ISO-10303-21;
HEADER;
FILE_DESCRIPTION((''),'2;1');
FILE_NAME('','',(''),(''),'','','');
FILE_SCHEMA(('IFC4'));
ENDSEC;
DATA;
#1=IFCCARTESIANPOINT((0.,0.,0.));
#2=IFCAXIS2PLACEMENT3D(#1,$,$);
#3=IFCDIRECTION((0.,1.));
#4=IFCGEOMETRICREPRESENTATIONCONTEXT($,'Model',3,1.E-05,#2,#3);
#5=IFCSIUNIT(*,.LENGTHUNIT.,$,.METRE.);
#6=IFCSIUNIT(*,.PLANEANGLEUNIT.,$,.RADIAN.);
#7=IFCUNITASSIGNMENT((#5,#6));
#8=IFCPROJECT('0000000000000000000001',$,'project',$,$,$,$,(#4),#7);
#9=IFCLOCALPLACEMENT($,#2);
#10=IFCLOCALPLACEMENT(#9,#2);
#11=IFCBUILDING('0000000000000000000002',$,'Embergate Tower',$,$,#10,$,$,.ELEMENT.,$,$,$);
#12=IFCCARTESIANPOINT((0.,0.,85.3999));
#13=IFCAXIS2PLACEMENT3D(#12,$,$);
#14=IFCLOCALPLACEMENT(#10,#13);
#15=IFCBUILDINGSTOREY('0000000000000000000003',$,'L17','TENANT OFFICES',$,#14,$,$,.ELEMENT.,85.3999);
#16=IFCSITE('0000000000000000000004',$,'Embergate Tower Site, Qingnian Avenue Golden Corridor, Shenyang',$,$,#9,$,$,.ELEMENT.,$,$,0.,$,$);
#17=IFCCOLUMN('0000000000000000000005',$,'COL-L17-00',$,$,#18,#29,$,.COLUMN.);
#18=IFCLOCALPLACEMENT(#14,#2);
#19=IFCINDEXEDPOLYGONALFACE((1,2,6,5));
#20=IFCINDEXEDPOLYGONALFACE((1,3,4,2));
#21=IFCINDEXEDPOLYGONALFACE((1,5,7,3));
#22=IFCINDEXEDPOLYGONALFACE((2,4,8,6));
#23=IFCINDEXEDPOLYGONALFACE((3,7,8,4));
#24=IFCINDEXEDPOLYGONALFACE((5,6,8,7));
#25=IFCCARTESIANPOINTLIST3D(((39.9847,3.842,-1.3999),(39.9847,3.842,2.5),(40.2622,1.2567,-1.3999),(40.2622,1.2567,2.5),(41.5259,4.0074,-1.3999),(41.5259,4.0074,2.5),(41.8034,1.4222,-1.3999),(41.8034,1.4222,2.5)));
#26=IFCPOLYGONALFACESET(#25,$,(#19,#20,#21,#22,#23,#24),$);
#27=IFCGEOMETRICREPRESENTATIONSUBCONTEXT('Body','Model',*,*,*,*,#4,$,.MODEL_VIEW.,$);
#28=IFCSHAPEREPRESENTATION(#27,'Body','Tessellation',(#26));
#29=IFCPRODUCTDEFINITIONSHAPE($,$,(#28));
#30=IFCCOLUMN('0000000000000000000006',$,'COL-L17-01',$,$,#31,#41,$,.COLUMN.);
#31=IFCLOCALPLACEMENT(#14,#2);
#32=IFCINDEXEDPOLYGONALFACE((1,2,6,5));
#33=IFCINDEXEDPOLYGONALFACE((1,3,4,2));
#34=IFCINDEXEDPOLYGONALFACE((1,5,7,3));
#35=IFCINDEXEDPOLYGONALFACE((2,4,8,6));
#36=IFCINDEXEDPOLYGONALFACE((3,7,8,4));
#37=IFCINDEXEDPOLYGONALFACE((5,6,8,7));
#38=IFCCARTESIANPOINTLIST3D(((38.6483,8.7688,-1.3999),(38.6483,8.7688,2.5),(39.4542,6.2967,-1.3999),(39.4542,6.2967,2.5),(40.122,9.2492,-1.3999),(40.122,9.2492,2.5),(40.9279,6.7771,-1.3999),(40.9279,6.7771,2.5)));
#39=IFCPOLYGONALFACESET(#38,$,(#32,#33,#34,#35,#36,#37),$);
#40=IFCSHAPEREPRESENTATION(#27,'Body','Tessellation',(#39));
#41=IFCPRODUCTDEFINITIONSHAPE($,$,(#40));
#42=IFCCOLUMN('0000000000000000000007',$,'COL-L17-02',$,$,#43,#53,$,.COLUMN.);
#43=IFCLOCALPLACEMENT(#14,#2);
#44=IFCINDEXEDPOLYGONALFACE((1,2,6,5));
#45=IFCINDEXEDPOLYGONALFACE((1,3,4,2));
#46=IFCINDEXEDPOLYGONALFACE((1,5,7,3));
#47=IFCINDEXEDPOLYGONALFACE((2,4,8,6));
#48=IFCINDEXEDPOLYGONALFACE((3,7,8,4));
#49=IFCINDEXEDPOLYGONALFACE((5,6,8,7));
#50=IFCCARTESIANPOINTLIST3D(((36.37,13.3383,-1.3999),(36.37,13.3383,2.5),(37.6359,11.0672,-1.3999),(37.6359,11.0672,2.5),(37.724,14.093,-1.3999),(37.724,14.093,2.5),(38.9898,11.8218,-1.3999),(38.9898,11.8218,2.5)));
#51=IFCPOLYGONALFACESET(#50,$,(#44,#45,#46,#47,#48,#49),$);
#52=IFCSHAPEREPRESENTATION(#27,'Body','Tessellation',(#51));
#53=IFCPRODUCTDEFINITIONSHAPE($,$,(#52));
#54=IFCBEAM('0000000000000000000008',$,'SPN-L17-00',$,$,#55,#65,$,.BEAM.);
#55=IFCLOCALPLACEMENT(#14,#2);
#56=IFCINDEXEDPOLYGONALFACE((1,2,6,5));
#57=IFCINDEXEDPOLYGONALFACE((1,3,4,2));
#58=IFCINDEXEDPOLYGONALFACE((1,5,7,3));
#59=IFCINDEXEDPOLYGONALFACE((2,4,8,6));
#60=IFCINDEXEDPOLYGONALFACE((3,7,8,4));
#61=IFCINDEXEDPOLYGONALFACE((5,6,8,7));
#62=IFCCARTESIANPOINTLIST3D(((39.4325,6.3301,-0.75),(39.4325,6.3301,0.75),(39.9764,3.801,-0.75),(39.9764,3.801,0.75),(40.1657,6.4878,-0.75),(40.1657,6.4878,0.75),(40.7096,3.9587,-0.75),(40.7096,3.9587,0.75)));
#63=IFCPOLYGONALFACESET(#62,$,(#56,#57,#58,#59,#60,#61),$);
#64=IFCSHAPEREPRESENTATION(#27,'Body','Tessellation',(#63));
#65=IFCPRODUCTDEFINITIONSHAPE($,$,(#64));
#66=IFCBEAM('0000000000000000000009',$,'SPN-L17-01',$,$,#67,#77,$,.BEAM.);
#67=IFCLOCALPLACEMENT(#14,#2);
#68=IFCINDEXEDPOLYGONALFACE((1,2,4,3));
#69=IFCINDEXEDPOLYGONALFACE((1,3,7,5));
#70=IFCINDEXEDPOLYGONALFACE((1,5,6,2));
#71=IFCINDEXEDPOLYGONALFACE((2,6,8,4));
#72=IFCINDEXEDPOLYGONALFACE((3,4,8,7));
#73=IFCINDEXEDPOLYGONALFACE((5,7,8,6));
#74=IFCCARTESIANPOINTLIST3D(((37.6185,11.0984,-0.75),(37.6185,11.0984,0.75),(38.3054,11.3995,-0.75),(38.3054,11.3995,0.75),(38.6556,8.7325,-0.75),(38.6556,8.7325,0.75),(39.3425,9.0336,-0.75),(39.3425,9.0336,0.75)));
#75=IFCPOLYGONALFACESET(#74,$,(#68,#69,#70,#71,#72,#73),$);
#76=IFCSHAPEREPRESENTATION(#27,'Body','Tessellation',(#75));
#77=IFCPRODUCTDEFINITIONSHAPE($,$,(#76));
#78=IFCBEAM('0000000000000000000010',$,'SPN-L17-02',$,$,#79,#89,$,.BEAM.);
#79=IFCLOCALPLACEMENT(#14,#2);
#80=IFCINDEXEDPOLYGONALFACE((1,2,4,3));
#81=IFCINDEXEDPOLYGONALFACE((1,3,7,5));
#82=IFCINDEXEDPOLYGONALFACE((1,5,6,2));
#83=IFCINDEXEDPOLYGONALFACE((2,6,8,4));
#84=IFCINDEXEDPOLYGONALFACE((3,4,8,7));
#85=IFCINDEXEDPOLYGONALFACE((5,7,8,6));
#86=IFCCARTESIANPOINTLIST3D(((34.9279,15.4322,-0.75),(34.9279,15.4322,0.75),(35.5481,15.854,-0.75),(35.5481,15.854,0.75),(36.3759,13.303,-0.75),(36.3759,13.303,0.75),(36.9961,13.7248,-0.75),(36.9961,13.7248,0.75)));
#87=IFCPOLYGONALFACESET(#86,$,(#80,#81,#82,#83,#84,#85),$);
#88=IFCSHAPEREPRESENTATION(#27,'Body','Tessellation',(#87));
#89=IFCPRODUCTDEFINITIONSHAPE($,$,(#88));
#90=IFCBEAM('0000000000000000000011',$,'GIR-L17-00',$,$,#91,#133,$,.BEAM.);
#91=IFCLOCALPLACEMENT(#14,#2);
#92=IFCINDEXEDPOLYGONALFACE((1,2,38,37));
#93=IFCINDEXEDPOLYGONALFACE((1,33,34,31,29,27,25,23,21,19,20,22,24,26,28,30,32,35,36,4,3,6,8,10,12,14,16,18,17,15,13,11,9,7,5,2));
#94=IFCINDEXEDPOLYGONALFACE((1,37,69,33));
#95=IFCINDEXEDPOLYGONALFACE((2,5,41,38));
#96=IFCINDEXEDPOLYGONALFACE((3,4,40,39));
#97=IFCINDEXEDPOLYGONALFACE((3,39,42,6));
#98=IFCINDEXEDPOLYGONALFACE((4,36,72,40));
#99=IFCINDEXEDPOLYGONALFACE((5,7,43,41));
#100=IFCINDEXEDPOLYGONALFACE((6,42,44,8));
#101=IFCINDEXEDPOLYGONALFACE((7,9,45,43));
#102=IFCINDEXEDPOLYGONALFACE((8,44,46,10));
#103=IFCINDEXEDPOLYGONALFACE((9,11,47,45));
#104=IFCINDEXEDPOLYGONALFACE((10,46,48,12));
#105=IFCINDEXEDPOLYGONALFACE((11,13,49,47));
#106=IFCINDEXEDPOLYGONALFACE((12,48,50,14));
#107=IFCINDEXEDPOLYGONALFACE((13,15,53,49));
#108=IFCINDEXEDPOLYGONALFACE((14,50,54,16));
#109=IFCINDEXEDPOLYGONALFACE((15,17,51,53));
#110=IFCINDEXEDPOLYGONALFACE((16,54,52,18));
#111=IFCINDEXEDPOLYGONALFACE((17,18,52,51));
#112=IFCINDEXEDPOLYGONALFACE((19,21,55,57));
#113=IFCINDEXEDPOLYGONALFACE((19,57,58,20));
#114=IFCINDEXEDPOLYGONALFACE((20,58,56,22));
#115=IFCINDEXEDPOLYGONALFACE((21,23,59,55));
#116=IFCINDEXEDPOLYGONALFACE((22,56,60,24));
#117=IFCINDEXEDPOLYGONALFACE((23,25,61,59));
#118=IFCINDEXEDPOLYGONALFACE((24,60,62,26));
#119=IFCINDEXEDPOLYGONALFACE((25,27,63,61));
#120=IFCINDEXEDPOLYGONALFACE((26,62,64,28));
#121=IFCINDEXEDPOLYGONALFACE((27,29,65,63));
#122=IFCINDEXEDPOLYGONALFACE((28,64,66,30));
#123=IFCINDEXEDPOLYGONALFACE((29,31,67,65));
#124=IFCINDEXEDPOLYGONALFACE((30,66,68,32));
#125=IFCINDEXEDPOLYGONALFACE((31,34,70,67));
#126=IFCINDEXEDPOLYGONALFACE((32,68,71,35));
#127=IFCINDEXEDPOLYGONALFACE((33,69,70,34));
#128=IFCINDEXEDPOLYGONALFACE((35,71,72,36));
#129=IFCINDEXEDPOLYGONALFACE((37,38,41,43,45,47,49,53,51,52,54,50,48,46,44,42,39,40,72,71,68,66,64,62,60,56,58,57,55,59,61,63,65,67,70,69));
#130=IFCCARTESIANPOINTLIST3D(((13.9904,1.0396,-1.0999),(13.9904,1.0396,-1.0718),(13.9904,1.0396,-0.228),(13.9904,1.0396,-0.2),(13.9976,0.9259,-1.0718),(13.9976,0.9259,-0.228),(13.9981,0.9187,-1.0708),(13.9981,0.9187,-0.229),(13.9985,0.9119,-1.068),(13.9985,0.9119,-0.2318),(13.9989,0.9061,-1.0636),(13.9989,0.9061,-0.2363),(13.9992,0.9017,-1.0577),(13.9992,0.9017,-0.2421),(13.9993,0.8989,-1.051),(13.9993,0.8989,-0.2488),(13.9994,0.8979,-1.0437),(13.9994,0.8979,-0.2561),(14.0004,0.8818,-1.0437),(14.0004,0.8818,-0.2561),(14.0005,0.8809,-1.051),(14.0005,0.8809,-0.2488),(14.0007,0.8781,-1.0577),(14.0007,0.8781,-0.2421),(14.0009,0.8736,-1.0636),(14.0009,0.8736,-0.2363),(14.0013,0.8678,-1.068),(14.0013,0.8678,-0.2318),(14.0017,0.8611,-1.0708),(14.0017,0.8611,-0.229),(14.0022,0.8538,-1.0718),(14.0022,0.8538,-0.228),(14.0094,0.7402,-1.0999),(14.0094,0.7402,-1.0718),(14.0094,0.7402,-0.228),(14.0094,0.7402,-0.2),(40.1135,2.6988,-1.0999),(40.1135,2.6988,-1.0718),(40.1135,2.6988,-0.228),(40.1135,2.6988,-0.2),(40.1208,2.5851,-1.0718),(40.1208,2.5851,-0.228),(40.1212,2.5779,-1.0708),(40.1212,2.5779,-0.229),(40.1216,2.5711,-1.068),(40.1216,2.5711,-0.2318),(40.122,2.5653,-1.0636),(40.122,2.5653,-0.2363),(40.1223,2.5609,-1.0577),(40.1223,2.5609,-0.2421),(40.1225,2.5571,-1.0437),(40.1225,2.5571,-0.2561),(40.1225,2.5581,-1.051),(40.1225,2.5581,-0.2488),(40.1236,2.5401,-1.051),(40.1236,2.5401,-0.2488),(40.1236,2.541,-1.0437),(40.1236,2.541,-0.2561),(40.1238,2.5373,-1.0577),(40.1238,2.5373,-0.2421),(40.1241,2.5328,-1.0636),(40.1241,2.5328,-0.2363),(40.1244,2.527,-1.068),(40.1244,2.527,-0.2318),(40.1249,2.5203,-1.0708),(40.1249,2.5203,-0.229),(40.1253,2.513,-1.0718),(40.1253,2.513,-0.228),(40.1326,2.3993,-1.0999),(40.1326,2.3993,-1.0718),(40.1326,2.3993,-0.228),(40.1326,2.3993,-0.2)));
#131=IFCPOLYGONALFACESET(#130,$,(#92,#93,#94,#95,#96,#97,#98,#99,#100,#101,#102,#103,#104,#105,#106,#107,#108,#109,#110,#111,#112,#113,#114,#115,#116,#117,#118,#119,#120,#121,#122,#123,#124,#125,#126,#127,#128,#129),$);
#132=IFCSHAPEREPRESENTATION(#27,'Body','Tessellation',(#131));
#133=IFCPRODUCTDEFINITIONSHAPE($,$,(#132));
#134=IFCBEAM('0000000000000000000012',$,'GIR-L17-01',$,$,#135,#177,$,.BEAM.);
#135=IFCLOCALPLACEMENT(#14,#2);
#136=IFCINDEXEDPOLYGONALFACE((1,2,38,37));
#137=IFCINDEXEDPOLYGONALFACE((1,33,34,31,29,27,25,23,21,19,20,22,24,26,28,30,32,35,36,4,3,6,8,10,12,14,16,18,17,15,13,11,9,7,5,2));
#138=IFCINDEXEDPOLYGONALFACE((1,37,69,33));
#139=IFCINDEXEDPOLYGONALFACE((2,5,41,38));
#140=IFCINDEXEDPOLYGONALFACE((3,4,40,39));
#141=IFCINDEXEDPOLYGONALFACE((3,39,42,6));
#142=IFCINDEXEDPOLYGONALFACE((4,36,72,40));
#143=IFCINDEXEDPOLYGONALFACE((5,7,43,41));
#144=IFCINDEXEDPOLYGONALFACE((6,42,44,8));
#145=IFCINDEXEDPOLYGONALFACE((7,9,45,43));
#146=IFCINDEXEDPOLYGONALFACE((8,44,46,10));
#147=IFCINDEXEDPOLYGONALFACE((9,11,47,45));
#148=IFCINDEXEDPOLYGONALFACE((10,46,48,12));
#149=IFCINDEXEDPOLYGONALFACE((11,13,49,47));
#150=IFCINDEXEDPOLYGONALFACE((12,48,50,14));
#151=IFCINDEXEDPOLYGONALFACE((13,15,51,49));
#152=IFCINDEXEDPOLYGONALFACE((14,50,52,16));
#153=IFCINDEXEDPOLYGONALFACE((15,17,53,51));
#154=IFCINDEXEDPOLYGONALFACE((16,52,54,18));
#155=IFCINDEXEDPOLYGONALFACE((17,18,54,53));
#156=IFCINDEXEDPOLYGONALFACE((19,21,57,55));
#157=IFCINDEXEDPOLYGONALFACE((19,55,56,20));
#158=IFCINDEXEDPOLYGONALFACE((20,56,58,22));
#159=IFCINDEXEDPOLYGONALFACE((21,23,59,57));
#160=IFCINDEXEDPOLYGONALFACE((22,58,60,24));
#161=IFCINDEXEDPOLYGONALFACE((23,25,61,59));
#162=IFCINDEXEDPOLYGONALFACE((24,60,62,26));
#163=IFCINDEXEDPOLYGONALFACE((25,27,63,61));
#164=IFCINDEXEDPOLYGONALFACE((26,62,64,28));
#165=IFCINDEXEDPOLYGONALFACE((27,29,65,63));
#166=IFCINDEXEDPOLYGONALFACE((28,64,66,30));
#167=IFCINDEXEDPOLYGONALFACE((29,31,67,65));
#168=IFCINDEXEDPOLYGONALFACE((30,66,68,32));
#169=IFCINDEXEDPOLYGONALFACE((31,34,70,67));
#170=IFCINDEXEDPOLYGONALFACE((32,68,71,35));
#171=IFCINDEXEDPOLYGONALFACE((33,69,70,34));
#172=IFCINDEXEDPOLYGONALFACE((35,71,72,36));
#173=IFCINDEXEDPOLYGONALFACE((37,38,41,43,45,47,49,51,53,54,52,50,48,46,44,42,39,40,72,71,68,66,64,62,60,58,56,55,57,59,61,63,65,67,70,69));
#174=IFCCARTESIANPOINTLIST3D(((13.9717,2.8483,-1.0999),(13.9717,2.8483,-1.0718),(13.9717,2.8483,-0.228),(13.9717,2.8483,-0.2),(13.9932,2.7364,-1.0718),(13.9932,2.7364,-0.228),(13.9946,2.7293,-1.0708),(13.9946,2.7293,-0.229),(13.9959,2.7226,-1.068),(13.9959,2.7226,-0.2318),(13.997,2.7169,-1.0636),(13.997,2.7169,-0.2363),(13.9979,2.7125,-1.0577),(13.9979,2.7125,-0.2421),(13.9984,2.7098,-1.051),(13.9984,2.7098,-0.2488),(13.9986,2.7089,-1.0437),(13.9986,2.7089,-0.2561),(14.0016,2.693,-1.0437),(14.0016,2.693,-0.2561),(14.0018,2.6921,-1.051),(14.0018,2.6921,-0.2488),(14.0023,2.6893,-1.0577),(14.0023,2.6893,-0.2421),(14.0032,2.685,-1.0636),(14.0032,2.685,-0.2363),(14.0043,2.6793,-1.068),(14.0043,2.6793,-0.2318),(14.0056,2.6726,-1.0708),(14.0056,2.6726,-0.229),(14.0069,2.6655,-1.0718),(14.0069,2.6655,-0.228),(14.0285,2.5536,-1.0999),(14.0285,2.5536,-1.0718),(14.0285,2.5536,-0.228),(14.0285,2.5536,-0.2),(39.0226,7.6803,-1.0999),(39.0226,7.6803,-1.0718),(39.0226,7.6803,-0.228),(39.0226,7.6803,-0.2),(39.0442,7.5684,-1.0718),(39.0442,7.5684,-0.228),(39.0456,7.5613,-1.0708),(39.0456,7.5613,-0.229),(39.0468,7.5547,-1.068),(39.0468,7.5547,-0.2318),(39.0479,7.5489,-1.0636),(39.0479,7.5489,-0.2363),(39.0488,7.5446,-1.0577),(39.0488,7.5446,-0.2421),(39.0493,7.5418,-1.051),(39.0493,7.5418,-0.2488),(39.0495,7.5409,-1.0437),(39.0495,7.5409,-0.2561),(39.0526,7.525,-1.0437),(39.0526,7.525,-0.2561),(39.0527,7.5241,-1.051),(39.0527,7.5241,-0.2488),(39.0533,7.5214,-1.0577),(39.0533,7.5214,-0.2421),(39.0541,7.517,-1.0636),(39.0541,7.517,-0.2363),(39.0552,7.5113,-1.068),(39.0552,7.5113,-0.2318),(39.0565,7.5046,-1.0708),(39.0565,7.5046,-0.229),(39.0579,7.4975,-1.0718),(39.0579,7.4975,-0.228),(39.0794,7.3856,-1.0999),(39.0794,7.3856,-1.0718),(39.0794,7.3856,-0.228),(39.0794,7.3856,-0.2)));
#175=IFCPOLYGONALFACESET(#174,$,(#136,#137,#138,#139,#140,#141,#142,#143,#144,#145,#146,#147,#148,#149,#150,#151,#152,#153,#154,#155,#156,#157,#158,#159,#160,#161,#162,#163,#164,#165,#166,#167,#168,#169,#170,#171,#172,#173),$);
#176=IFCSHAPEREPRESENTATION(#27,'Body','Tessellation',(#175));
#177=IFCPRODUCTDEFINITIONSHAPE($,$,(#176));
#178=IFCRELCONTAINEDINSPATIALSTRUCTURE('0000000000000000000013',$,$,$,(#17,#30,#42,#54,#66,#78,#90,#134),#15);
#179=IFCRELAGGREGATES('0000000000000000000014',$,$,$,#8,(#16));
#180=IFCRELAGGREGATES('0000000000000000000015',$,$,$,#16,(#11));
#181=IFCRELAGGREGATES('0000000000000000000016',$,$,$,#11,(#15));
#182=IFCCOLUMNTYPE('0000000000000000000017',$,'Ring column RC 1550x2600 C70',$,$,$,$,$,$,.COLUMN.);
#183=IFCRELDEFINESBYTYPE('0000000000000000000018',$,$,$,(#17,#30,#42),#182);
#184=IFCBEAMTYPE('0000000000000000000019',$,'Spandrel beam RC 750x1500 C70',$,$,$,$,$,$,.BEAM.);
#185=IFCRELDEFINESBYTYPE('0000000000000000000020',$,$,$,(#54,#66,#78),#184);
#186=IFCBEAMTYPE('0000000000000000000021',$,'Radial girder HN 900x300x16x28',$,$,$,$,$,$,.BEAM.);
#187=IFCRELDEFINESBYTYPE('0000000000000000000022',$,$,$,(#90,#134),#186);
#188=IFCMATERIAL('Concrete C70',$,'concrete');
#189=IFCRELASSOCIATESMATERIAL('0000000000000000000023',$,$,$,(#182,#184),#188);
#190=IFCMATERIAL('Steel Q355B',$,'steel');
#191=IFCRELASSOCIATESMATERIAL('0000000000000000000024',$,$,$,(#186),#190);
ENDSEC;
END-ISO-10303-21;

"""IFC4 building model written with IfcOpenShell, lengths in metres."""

from ifc_helpers import new_model, si_unit, direction, frame, origin, origin_2d, place, context, subcontext, project, spatial, rectangle, i_section, extrude, source, transform, mapped, material, material_profile, profile_set, type_object, element, save


model = new_model("IFC4")

# Units and contexts
model_context = context("Model", 3, precision=1e-05, world=origin(), true_north=direction((0.0, 1.0)))
body_context = subcontext(model_context, "Body", "Model", "MODEL_VIEW")
ifc_project = project(units=[si_unit("LENGTHUNIT", "METRE"), si_unit("PLANEANGLEUNIT", "RADIAN")], contexts=[model_context])

# Site, building, storey
site_placement = place(None, origin())
site = spatial("IfcSite", under=ifc_project, at=site_placement, Name="Embergate Tower Site, Qingnian Avenue Golden Corridor, Shenyang", CompositionType="ELEMENT", RefElevation=0.0)
building_placement = place(site_placement, origin())
building = spatial("IfcBuilding", under=site, at=building_placement, Name="Embergate Tower", CompositionType="ELEMENT")
storey_placement = place(building_placement, frame((0.0, 0.0, 85.3999)))
storey = spatial("IfcBuildingStorey", under=building, at=storey_placement, Name="L17", Description="TENANT OFFICES", CompositionType="ELEMENT", Elevation=85.3999)

# Columns
ifc_material_1 = material(Name="Concrete C70", Category="concrete")
ifc_material_profile_1 = material_profile(ifc_material_1, rectangle(XDim=1.55, YDim=2.6001, at=origin_2d()), Name="RC 1550x2600")
ifc_profile_set_1 = profile_set([ifc_material_profile_1], Name="Concrete C70")
column_type = type_object("IfcColumnType", Name="Ring column RC 1550x2600 C70", PredefinedType="COLUMN", material=ifc_profile_set_1)
shared_shape_1 = source(origin(), body_context, "Body", "SweptSolid", [
    extrude(rectangle(XDim=1.55, YDim=2.6001, at=origin_2d()), origin(), (0.0, 0.0, 1.0), 3.8999),
])
for number, where, z_axis, x_axis, name in (
    (1, (40.894, 2.6321, -1.3999), (0.0, 0.0, 1.0), (0.994286, 0.10675, 0.0), "COL-L17-00"),
    (2, (39.7881, 7.7729, -1.3999), (0.0, 0.0, 1.0), (0.950754, 0.309946, 0.0), "COL-L17-01"),
    (3, (37.6799, 12.5801, -1.3999), (0.0, 0.0, 1.0), (0.873492, 0.486839, 0.0), "COL-L17-02"),
):
    element("IfcColumn", number, at=place(storey_placement, frame(where, z_axis=z_axis, x_axis=x_axis)), inside=storey, type_object=column_type, Name=name, PredefinedType="COLUMN", context=body_context, shape_type="MappedRepresentation", body=[
        mapped(shared_shape_1, transform((0.0, 0.0, 0.0))),
    ])

# Beams
ifc_material_profile_2 = material_profile(ifc_material_1, rectangle(XDim=0.75, YDim=1.5, at=origin_2d()), Name="RC 750x1500")
ifc_profile_set_2 = profile_set([ifc_material_profile_2], Name="Concrete C70")
beam_type_1 = type_object("IfcBeamType", Name="Spandrel beam RC 750x1500 C70", PredefinedType="BEAM", material=ifc_profile_set_2)
shared_shape_2 = source(origin(), body_context, "Body", "SweptSolid", [
    extrude(rectangle(XDim=0.75, YDim=1.5, at=origin_2d()), origin(), (0.0, 0.0, 1.0), 2.5869),
])
beam_1_placement = place(storey_placement, frame((40.343, 3.8799, 0.0), z_axis=(-0.21027, 0.977643, 0.0), x_axis=(-0.977643, -0.21027, 0.0)))
element("IfcBeam", 4, at=beam_1_placement, inside=storey, type_object=beam_type_1, Name="SPN-L17-00", PredefinedType="BEAM", context=body_context, shape_type="MappedRepresentation", body=[
    mapped(shared_shape_2, transform((0.0, 0.0, 0.0))),
])
shared_shape_3 = source(origin(), body_context, "Body", "SweptSolid", [
    extrude(rectangle(XDim=0.75, YDim=1.5, at=origin_2d()), origin(), (0.0, 0.0, 1.0), 2.5833),
])
beam_2_placement = place(storey_placement, frame((38.999, 8.8831, 0.0), z_axis=(-0.401468, 0.915873, 0.0), x_axis=(-0.915873, -0.401468, 0.0)))
element("IfcBeam", 5, at=beam_2_placement, inside=storey, type_object=beam_type_1, Name="SPN-L17-01", PredefinedType="BEAM", context=body_context, shape_type="MappedRepresentation", body=[
    mapped(shared_shape_3, transform((0.0, 0.0, 0.0))),
])
shared_shape_4 = source(origin(), body_context, "Body", "SweptSolid", [
    extrude(rectangle(XDim=0.75, YDim=1.5, at=origin_2d()), origin(), (0.0, 0.0, 1.0), 2.575),
])
beam_3_placement = place(storey_placement, frame((36.686, 13.5139, 0.0), z_axis=(-0.562357, 0.826895, 0.0), x_axis=(-0.826895, -0.562357, 0.0)))
element("IfcBeam", 6, at=beam_3_placement, inside=storey, type_object=beam_type_1, Name="SPN-L17-02", PredefinedType="BEAM", context=body_context, shape_type="MappedRepresentation", body=[
    mapped(shared_shape_4, transform((0.0, 0.0, 0.0))),
])
ifc_material_2 = material(Name="Steel Q355B", Category="steel")
ifc_material_profile_3 = material_profile(ifc_material_2, i_section(OverallWidth=0.3, OverallDepth=0.8999, WebThickness=0.0161, FlangeThickness=0.0281, FilletRadius=0.0281, at=origin_2d()), Name="HN 900x300x16x28")
ifc_profile_set_3 = profile_set([ifc_material_profile_3], Name="Steel Q355 grade B")
beam_type_2 = type_object("IfcBeamType", Name="Radial girder HN 900x300x16x28", PredefinedType="BEAM", material=ifc_profile_set_3)
shared_shape_5 = source(origin(), body_context, "Body", "SweptSolid", [
    extrude(i_section(OverallWidth=0.3, OverallDepth=0.8999, WebThickness=0.0161, FlangeThickness=0.0281, FilletRadius=0.0281, at=origin_2d()), origin(), (0.0, 0.0, 1.0), 26.1758),
])
beam_4_placement = place(storey_placement, frame((40.123, 2.5491, -0.6499), z_axis=(-0.997989, -0.063386, 0.0), x_axis=(0.063386, -0.997989, 0.0)))
element("IfcBeam", 7, at=beam_4_placement, inside=storey, type_object=beam_type_2, Name="GIR-L17-00", PredefinedType="BEAM", context=body_context, shape_type="MappedRepresentation", body=[
    mapped(shared_shape_5, transform((0.0, 0.0, 0.0))),
])
shared_shape_6 = source(origin(), body_context, "Body", "SweptSolid", [
    extrude(i_section(OverallWidth=0.3, OverallDepth=0.8999, WebThickness=0.0161, FlangeThickness=0.0281, FilletRadius=0.0281, at=origin_2d()), origin(), (0.0, 0.0, 1.0), 25.5127),
])
beam_5_placement = place(storey_placement, frame((39.051, 7.533, -0.6499), z_axis=(-0.981901, -0.189396, 0.0), x_axis=(0.189396, -0.981901, 0.0)))
element("IfcBeam", 8, at=beam_5_placement, inside=storey, type_object=beam_type_2, Name="GIR-L17-01", PredefinedType="BEAM", context=body_context, shape_type="MappedRepresentation", body=[
    mapped(shared_shape_6, transform((0.0, 0.0, 0.0))),
])

save(model, "model.ifc")
